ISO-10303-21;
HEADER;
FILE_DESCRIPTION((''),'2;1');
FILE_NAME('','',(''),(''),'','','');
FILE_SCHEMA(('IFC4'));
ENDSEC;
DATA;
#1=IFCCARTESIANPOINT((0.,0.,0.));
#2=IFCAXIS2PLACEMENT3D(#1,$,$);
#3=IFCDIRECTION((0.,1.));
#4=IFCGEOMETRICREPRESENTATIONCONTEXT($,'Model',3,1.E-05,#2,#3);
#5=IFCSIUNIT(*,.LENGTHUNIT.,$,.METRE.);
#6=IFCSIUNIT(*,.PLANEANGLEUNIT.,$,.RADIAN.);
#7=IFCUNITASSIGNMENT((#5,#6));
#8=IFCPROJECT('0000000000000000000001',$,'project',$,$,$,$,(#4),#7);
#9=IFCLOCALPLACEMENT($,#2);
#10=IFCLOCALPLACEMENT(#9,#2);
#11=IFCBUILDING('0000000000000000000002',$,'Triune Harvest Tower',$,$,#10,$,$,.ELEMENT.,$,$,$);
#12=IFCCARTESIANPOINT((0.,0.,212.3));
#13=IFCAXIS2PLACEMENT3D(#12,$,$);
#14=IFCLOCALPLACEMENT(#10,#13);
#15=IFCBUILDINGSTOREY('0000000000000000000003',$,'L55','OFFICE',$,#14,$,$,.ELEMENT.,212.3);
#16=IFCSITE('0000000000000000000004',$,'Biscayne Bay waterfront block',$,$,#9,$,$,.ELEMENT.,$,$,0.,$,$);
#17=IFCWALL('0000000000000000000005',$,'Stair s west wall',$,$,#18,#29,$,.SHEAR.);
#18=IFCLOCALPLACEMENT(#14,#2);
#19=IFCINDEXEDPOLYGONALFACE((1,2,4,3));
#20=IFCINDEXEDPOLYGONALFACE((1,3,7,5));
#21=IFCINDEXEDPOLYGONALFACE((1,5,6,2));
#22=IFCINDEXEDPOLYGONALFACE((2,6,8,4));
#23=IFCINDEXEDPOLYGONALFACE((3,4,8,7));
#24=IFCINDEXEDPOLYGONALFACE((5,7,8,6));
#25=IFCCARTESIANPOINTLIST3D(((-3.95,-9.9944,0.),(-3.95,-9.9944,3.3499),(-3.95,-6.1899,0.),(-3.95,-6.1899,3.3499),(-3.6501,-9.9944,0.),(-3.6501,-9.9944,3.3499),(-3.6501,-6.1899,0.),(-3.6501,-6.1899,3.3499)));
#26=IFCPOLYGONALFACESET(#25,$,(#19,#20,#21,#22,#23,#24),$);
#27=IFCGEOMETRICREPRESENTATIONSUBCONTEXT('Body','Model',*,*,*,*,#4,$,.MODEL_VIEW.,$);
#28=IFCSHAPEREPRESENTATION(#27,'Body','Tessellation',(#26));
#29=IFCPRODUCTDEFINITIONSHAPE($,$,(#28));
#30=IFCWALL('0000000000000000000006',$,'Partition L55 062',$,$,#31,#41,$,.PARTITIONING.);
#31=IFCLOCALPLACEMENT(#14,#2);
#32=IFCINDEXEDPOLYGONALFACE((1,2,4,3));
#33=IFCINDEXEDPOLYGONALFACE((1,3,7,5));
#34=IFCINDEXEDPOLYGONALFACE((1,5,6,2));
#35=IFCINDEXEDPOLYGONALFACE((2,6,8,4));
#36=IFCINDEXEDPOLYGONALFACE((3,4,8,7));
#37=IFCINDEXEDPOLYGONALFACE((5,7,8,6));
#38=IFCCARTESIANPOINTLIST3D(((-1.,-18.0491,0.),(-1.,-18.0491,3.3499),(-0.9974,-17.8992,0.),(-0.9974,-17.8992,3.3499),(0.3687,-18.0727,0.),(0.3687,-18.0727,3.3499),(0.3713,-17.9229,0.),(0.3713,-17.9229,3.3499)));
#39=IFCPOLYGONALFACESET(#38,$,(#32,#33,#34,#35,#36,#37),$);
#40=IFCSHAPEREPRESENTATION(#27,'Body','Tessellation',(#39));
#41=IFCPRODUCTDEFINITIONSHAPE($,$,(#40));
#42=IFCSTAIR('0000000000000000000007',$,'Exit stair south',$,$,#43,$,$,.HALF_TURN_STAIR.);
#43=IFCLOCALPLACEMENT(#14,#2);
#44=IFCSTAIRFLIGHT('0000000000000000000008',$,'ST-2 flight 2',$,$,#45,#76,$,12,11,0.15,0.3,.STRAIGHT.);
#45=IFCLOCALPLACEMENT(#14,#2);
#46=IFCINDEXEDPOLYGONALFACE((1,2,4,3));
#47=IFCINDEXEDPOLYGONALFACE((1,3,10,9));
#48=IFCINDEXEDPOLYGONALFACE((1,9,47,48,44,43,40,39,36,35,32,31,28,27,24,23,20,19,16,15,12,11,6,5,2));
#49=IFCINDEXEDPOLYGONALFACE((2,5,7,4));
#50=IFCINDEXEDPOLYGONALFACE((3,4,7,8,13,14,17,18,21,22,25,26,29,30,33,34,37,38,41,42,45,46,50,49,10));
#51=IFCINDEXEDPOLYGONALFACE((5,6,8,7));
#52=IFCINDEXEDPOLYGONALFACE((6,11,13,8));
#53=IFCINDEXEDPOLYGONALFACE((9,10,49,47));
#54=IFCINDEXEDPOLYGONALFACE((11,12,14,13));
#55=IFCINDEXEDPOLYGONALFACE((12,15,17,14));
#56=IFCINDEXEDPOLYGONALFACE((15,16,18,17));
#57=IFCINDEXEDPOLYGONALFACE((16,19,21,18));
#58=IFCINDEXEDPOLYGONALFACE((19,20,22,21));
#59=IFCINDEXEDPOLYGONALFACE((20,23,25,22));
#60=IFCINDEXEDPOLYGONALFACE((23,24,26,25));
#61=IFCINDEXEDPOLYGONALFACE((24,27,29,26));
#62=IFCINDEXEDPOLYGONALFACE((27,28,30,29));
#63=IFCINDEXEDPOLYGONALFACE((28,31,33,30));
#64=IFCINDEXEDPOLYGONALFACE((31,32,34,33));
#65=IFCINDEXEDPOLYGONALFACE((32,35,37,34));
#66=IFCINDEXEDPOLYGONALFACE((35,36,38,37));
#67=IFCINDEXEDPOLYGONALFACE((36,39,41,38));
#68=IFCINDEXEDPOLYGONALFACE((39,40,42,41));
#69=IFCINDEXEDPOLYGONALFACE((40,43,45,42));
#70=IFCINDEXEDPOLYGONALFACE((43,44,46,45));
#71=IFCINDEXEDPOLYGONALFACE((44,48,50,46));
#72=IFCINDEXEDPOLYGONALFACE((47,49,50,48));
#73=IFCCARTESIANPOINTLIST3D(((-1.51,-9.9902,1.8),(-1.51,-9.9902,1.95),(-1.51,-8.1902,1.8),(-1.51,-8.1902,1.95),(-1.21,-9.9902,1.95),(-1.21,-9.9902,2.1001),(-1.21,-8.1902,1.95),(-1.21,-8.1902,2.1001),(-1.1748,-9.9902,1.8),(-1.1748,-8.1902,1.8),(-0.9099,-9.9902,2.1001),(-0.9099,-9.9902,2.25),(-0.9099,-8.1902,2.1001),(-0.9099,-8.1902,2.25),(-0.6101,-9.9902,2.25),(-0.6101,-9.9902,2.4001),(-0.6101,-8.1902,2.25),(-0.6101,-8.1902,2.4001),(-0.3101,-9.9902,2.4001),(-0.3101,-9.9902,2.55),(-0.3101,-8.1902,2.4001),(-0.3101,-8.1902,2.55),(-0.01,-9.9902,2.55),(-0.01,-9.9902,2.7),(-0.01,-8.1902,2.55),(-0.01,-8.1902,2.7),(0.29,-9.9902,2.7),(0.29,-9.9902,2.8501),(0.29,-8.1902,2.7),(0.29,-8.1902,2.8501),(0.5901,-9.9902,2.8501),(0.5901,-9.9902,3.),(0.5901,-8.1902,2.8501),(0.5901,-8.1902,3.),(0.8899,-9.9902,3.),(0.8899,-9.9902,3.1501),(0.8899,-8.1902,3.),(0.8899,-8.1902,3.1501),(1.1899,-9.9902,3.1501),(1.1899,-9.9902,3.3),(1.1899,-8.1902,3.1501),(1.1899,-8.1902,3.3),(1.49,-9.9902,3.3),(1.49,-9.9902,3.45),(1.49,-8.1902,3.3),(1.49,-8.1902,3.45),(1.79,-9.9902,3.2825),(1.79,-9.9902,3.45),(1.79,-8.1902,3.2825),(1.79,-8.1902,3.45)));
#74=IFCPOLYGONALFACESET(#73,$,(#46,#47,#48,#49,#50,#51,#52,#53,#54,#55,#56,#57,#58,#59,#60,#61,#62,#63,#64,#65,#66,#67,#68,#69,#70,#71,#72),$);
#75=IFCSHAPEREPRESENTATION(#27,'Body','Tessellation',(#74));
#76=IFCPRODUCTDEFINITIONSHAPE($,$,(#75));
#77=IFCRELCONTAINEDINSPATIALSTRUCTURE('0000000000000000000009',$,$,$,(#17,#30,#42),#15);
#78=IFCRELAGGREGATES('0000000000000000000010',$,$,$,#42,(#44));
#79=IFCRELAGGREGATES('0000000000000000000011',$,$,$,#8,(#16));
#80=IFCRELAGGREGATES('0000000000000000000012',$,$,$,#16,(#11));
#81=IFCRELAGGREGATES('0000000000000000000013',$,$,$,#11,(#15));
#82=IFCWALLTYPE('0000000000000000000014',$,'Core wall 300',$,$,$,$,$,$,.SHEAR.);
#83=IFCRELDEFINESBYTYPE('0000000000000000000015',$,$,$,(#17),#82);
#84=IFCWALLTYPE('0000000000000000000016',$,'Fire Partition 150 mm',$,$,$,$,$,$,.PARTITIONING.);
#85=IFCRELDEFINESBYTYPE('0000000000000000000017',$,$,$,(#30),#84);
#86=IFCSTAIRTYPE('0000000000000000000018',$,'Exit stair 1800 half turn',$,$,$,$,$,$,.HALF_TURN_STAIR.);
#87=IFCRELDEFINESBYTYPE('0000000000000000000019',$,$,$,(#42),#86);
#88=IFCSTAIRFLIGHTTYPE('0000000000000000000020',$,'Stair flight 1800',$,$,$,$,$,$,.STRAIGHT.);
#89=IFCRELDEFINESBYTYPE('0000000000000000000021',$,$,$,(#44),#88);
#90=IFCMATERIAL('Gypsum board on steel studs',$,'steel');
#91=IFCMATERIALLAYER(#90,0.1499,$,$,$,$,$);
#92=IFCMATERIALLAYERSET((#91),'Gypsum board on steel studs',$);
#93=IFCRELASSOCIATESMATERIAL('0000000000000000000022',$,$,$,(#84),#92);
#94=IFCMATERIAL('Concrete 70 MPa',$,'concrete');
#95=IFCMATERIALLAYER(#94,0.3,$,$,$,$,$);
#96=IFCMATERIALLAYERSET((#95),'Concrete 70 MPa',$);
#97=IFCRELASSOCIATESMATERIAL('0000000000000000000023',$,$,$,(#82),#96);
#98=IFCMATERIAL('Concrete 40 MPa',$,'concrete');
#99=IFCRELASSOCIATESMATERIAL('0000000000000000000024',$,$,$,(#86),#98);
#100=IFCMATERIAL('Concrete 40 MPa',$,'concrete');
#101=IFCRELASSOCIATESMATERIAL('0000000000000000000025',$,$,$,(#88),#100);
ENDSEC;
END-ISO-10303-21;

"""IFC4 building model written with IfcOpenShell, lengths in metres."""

from ifc_helpers import new_model, si_unit, direction, frame, frame_2d, origin, place, context, subcontext, project, spatial, polyline, rectangle, outline, extrude, source, transform, mapped, material, layer, layer_set, type_object, element, aggregate, save


model = new_model("IFC4")

# Units and contexts
model_context = context("Model", 3, precision=1e-05, world=origin(), true_north=direction((0.0, 1.0)))
body_context = subcontext(model_context, "Body", "Model", "MODEL_VIEW")
ifc_project = project(units=[si_unit("LENGTHUNIT", "METRE"), si_unit("PLANEANGLEUNIT", "RADIAN")], contexts=[model_context])

# Site, building, storey
site_placement = place(None, origin())
site = spatial("IfcSite", under=ifc_project, at=site_placement, Name="Biscayne Bay waterfront block", CompositionType="ELEMENT", RefElevation=0.0)
building_placement = place(site_placement, origin())
building = spatial("IfcBuilding", under=site, at=building_placement, Name="Triune Harvest Tower", CompositionType="ELEMENT")
storey_placement = place(building_placement, frame((0.0, 0.0, 212.3)))
storey = spatial("IfcBuildingStorey", under=building, at=storey_placement, Name="L55", Description="OFFICE", CompositionType="ELEMENT", Elevation=212.3)

# Shared definitions
ifc_material_1 = material(Name="Gypsum board on steel studs", Category="steel")
ifc_layer_1 = layer(ifc_material_1, 0.1499)
ifc_layer_set_1 = layer_set([ifc_layer_1], Name="Gypsum board on steel studs")
wall_type_1 = type_object("IfcWallType", Name="Fire Partition 150 mm", PredefinedType="PARTITIONING", material=ifc_layer_set_1)

# Shared definitions
ifc_material_2 = material(Name="Concrete 70 MPa", Category="concrete")
ifc_layer_2 = layer(ifc_material_2, 0.3)
ifc_layer_set_2 = layer_set([ifc_layer_2], Name="Concrete 70 MPa")
wall_type_2 = type_object("IfcWallType", Name="Core wall 300", PredefinedType="SHEAR", material=ifc_layer_set_2)

# Walls
shared_shape_1 = source(origin(), body_context, "Body", "SweptSolid", [
    extrude(outline(polyline([(3.8, -0.1499), (-0.0044, -0.1499), (-0.0044, 0.1499), (3.8, 0.1499), (3.8, -0.1499)])), origin(), (0.0, 0.0, 1.0), 3.3499),
])
wall_1_placement = place(storey_placement, frame((-3.8, -9.99, 0.0), z_axis=(0.0, 0.0, 1.0), x_axis=(0.0, 1.0, 0.0)))
element("IfcWall", 1, at=wall_1_placement, inside=storey, type_object=wall_type_2, Name="Stair s west wall", PredefinedType="SHEAR", context=body_context, shape_type="MappedRepresentation", body=[
    mapped(shared_shape_1, transform((0.0, 0.0, 0.0), scale=1.0)),
])
shared_shape_2 = source(origin(), body_context, "Body", "SweptSolid", [
    extrude(rectangle(XDim=1.3689, YDim=0.1499, at=frame_2d((0.6846, 0.0))), origin(), (0.0, 0.0, 1.0), 3.3499),
])
wall_2_placement = place(storey_placement, frame((-0.9988, -17.9741, 0.0), z_axis=(0.0, 0.0, 1.0), x_axis=(0.99985, -0.0173, 0.0)))
element("IfcWall", 2, at=wall_2_placement, inside=storey, type_object=wall_type_1, Name="Partition L55 062", PredefinedType="PARTITIONING", context=body_context, shape_type="MappedRepresentation", body=[
    mapped(shared_shape_2, transform((0.0, 0.0, 0.0), scale=1.0)),
])

# Stair, stair flight
ifc_material_3 = material(Name="Concrete 40 MPa", Category="concrete")
stair_type = type_object("IfcStairType", Name="Exit stair 1800 half turn", PredefinedType="HALF_TURN_STAIR", material=ifc_material_3)
stair_placement = place(storey_placement, origin())
stair = element("IfcStair", 3, at=stair_placement, inside=storey, type_object=stair_type, Name="Exit stair south", PredefinedType="HALF_TURN_STAIR")
ifc_material_4 = material(Name="Concrete 40 MPa", Category="concrete")
stair_flight_type = type_object("IfcStairFlightType", Name="Stair flight 1800", PredefinedType="STRAIGHT", material=ifc_material_4)
shared_shape_3 = source(origin(), body_context, "Body", "SweptSolid", [
    extrude(outline(polyline([(0.0, 0.0), (0.0, 0.1499), (0.3, 0.1499), (0.3, 0.3), (0.6001, 0.3), (0.6001, 0.45), (0.8999, 0.45), (0.8999, 0.6001), (1.2, 0.6001), (1.2, 0.75), (1.5, 0.75), (1.5, 0.8999), (1.8, 0.8999), (1.8, 1.05), (2.1001, 1.05), (2.1001, 1.2), (2.3999, 1.2), (2.3999, 1.3501), (2.7, 1.3501), (2.7, 1.5), (3.0, 1.5), (3.0, 1.6499), (3.3, 1.6499), (3.3, 1.8), (3.3, 1.4824), (0.3352, 0.0), (0.0, 0.0)])), frame((0.0, 0.8999, 0.0), z_axis=(0.0, -1.0, 0.0), x_axis=(1.0, 0.0, 0.0)), (0.0, 0.0, 1.0), 1.8),
])
stair_flight_placement = place(storey_placement, frame((-1.51, -9.0901, 1.8), z_axis=(0.0, 0.0, 1.0), x_axis=(1.0, 0.0, 0.0)))
stair_flight = element("IfcStairFlight", 4, at=stair_flight_placement, type_object=stair_flight_type, Name="ST-2 flight 2", NumberOfRisers=12, NumberOfTreads=11, PredefinedType="STRAIGHT", RiserHeight=0.15, TreadLength=0.3, context=body_context, shape_type="MappedRepresentation", body=[
    mapped(shared_shape_3, transform((0.0, 0.0, 0.0), scale=1.0)),
])
aggregate(stair, [stair_flight])

save(model, "model.ifc")
